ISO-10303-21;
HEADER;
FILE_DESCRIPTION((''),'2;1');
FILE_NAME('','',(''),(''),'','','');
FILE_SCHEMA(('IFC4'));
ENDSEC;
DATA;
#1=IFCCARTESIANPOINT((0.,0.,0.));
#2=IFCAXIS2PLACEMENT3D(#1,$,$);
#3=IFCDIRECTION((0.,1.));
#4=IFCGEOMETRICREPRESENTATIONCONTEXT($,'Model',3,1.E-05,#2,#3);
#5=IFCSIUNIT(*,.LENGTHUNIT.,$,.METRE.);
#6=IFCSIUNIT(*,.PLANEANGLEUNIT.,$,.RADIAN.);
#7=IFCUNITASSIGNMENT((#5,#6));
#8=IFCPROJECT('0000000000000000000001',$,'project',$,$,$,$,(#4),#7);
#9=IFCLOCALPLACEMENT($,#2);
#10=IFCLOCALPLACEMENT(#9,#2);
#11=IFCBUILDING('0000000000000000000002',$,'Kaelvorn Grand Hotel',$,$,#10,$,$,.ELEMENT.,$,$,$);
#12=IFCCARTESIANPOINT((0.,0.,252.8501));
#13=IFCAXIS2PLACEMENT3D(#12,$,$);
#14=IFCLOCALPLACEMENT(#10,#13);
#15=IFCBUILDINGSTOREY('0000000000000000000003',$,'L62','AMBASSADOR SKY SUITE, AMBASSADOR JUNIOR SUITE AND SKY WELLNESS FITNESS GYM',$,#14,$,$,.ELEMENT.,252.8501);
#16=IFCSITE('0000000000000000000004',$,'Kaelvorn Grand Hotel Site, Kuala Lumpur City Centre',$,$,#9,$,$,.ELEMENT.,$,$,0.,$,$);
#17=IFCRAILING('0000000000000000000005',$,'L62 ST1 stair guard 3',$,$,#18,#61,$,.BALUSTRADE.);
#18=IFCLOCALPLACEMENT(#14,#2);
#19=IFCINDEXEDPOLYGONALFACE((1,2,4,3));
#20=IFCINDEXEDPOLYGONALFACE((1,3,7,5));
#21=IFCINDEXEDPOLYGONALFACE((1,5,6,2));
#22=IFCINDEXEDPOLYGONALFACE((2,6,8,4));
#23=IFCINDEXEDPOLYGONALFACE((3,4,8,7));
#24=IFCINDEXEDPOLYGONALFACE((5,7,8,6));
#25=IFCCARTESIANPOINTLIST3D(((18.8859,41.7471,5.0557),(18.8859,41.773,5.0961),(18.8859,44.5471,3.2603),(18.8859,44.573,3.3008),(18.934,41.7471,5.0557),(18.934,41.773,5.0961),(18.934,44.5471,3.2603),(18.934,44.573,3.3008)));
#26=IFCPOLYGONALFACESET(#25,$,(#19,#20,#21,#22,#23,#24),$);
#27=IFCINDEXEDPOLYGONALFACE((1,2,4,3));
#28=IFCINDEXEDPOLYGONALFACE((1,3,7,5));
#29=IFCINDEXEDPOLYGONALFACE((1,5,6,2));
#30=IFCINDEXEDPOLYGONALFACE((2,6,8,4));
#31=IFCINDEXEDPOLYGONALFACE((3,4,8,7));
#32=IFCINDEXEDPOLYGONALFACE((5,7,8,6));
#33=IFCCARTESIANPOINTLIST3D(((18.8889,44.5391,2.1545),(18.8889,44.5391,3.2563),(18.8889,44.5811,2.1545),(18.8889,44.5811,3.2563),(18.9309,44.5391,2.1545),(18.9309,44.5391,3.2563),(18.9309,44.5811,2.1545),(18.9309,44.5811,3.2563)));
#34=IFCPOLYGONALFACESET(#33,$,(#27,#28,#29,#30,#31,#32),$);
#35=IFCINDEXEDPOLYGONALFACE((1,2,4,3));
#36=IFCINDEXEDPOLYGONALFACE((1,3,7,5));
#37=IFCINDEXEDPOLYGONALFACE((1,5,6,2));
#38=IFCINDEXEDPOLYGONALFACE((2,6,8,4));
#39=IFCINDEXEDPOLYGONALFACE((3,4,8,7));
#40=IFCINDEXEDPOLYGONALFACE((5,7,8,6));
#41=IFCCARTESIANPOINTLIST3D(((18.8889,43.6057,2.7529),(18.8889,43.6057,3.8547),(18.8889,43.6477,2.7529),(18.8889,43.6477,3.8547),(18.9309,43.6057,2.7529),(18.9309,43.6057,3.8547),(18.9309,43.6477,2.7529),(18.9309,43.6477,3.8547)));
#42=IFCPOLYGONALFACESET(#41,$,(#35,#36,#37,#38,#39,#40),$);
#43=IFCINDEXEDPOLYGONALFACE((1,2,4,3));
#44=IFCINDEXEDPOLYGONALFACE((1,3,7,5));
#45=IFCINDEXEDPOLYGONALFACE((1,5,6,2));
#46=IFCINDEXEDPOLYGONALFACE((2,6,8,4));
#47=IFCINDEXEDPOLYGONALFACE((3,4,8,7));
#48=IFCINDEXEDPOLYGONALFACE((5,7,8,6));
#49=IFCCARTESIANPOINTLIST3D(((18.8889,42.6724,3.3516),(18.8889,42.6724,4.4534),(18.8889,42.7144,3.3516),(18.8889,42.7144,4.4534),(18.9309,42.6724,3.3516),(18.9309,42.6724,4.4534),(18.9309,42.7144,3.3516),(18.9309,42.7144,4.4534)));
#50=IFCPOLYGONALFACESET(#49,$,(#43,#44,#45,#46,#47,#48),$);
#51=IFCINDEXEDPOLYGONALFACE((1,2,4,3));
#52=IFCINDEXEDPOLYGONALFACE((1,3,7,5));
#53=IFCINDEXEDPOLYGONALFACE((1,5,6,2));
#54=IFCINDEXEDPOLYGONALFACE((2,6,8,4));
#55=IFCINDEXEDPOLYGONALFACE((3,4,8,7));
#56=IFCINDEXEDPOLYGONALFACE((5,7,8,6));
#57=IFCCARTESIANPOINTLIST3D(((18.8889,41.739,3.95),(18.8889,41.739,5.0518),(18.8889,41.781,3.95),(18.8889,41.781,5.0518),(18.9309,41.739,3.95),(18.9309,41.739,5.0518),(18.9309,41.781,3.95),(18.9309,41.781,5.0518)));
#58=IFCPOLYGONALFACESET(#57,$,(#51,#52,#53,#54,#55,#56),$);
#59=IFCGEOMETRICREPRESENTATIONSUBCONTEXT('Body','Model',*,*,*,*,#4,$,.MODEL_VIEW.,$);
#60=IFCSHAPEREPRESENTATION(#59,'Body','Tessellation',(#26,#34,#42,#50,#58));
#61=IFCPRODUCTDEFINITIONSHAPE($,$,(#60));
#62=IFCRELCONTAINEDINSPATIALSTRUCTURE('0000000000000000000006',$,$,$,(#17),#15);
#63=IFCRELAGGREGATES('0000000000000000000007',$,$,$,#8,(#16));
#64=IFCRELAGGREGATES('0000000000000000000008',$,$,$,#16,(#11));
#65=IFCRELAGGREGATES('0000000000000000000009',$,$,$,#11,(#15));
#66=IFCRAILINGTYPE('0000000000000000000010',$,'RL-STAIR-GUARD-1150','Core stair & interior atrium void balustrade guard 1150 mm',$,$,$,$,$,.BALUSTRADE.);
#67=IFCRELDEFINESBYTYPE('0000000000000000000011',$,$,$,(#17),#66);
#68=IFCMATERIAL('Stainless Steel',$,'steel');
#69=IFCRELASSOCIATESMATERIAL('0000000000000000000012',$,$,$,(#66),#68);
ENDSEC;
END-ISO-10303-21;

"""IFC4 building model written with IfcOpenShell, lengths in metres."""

from ifc_helpers import new_model, si_unit, direction, frame, origin, origin_2d, place, context, subcontext, project, spatial, rectangle, extrude, material, type_object, element, save


model = new_model("IFC4")

# Units and contexts
model_context = context("Model", 3, precision=1e-05, world=origin(), true_north=direction((0.0, 1.0)))
body_context = subcontext(model_context, "Body", "Model", "MODEL_VIEW")
ifc_project = project(units=[si_unit("LENGTHUNIT", "METRE"), si_unit("PLANEANGLEUNIT", "RADIAN")], contexts=[model_context])

# Site, building, storey
site_placement = place(None, origin())
site = spatial("IfcSite", under=ifc_project, at=site_placement, Name="Kaelvorn Grand Hotel Site, Kuala Lumpur City Centre", CompositionType="ELEMENT", RefElevation=0.0)
building_placement = place(site_placement, origin())
building = spatial("IfcBuilding", under=site, at=building_placement, Name="Kaelvorn Grand Hotel", CompositionType="ELEMENT")
storey_placement = place(building_placement, frame((0.0, 0.0, 252.8501)))
storey = spatial("IfcBuildingStorey", under=building, at=storey_placement, Name="L62", Description="AMBASSADOR SKY SUITE, AMBASSADOR JUNIOR SUITE AND SKY WELLNESS FITNESS GYM", CompositionType="ELEMENT", Elevation=252.8501)

# Railing
ifc_material_1 = material(Name="Stainless Steel", Category="steel")
railing_type_1 = type_object("IfcRailingType", Name="RL-STAIR-GUARD-1150", Description="Core stair & interior atrium void balustrade guard 1150 mm", PredefinedType="BALUSTRADE", material=ifc_material_1)
railing_1_placement = place(storey_placement, frame((18.9099, 44.5601, 2.1545)))
element("IfcRailing", 1, at=railing_1_placement, inside=storey, type_object=railing_type_1, Name="L62 ST1 stair guard 3", PredefinedType="BALUSTRADE", context=body_context, shape_type="SweptSolid", body=[
    extrude(rectangle(XDim=0.0481, YDim=0.0481, at=origin_2d()), frame((0.0, 0.0, 1.126), z_axis=(0.0, -0.84181, 0.539774), x_axis=(1.0, 0.0, 0.0)), (0.0, 0.0, 1.0), 3.3262),
    extrude(rectangle(XDim=0.042, YDim=0.042, at=origin_2d()), origin(), (0.0, 0.0, 1.0), 1.1018),
    extrude(rectangle(XDim=0.042, YDim=0.042, at=origin_2d()), frame((0.0, -0.9333, 0.5984)), (0.0, 0.0, 1.0), 1.1018),
    extrude(rectangle(XDim=0.042, YDim=0.042, at=origin_2d()), frame((0.0, -1.8667, 1.197)), (0.0, 0.0, 1.0), 1.1018),
    extrude(rectangle(XDim=0.042, YDim=0.042, at=origin_2d()), frame((0.0, -2.8, 1.7954)), (0.0, 0.0, 1.0), 1.1018),
])

save(model, "model.ifc")
